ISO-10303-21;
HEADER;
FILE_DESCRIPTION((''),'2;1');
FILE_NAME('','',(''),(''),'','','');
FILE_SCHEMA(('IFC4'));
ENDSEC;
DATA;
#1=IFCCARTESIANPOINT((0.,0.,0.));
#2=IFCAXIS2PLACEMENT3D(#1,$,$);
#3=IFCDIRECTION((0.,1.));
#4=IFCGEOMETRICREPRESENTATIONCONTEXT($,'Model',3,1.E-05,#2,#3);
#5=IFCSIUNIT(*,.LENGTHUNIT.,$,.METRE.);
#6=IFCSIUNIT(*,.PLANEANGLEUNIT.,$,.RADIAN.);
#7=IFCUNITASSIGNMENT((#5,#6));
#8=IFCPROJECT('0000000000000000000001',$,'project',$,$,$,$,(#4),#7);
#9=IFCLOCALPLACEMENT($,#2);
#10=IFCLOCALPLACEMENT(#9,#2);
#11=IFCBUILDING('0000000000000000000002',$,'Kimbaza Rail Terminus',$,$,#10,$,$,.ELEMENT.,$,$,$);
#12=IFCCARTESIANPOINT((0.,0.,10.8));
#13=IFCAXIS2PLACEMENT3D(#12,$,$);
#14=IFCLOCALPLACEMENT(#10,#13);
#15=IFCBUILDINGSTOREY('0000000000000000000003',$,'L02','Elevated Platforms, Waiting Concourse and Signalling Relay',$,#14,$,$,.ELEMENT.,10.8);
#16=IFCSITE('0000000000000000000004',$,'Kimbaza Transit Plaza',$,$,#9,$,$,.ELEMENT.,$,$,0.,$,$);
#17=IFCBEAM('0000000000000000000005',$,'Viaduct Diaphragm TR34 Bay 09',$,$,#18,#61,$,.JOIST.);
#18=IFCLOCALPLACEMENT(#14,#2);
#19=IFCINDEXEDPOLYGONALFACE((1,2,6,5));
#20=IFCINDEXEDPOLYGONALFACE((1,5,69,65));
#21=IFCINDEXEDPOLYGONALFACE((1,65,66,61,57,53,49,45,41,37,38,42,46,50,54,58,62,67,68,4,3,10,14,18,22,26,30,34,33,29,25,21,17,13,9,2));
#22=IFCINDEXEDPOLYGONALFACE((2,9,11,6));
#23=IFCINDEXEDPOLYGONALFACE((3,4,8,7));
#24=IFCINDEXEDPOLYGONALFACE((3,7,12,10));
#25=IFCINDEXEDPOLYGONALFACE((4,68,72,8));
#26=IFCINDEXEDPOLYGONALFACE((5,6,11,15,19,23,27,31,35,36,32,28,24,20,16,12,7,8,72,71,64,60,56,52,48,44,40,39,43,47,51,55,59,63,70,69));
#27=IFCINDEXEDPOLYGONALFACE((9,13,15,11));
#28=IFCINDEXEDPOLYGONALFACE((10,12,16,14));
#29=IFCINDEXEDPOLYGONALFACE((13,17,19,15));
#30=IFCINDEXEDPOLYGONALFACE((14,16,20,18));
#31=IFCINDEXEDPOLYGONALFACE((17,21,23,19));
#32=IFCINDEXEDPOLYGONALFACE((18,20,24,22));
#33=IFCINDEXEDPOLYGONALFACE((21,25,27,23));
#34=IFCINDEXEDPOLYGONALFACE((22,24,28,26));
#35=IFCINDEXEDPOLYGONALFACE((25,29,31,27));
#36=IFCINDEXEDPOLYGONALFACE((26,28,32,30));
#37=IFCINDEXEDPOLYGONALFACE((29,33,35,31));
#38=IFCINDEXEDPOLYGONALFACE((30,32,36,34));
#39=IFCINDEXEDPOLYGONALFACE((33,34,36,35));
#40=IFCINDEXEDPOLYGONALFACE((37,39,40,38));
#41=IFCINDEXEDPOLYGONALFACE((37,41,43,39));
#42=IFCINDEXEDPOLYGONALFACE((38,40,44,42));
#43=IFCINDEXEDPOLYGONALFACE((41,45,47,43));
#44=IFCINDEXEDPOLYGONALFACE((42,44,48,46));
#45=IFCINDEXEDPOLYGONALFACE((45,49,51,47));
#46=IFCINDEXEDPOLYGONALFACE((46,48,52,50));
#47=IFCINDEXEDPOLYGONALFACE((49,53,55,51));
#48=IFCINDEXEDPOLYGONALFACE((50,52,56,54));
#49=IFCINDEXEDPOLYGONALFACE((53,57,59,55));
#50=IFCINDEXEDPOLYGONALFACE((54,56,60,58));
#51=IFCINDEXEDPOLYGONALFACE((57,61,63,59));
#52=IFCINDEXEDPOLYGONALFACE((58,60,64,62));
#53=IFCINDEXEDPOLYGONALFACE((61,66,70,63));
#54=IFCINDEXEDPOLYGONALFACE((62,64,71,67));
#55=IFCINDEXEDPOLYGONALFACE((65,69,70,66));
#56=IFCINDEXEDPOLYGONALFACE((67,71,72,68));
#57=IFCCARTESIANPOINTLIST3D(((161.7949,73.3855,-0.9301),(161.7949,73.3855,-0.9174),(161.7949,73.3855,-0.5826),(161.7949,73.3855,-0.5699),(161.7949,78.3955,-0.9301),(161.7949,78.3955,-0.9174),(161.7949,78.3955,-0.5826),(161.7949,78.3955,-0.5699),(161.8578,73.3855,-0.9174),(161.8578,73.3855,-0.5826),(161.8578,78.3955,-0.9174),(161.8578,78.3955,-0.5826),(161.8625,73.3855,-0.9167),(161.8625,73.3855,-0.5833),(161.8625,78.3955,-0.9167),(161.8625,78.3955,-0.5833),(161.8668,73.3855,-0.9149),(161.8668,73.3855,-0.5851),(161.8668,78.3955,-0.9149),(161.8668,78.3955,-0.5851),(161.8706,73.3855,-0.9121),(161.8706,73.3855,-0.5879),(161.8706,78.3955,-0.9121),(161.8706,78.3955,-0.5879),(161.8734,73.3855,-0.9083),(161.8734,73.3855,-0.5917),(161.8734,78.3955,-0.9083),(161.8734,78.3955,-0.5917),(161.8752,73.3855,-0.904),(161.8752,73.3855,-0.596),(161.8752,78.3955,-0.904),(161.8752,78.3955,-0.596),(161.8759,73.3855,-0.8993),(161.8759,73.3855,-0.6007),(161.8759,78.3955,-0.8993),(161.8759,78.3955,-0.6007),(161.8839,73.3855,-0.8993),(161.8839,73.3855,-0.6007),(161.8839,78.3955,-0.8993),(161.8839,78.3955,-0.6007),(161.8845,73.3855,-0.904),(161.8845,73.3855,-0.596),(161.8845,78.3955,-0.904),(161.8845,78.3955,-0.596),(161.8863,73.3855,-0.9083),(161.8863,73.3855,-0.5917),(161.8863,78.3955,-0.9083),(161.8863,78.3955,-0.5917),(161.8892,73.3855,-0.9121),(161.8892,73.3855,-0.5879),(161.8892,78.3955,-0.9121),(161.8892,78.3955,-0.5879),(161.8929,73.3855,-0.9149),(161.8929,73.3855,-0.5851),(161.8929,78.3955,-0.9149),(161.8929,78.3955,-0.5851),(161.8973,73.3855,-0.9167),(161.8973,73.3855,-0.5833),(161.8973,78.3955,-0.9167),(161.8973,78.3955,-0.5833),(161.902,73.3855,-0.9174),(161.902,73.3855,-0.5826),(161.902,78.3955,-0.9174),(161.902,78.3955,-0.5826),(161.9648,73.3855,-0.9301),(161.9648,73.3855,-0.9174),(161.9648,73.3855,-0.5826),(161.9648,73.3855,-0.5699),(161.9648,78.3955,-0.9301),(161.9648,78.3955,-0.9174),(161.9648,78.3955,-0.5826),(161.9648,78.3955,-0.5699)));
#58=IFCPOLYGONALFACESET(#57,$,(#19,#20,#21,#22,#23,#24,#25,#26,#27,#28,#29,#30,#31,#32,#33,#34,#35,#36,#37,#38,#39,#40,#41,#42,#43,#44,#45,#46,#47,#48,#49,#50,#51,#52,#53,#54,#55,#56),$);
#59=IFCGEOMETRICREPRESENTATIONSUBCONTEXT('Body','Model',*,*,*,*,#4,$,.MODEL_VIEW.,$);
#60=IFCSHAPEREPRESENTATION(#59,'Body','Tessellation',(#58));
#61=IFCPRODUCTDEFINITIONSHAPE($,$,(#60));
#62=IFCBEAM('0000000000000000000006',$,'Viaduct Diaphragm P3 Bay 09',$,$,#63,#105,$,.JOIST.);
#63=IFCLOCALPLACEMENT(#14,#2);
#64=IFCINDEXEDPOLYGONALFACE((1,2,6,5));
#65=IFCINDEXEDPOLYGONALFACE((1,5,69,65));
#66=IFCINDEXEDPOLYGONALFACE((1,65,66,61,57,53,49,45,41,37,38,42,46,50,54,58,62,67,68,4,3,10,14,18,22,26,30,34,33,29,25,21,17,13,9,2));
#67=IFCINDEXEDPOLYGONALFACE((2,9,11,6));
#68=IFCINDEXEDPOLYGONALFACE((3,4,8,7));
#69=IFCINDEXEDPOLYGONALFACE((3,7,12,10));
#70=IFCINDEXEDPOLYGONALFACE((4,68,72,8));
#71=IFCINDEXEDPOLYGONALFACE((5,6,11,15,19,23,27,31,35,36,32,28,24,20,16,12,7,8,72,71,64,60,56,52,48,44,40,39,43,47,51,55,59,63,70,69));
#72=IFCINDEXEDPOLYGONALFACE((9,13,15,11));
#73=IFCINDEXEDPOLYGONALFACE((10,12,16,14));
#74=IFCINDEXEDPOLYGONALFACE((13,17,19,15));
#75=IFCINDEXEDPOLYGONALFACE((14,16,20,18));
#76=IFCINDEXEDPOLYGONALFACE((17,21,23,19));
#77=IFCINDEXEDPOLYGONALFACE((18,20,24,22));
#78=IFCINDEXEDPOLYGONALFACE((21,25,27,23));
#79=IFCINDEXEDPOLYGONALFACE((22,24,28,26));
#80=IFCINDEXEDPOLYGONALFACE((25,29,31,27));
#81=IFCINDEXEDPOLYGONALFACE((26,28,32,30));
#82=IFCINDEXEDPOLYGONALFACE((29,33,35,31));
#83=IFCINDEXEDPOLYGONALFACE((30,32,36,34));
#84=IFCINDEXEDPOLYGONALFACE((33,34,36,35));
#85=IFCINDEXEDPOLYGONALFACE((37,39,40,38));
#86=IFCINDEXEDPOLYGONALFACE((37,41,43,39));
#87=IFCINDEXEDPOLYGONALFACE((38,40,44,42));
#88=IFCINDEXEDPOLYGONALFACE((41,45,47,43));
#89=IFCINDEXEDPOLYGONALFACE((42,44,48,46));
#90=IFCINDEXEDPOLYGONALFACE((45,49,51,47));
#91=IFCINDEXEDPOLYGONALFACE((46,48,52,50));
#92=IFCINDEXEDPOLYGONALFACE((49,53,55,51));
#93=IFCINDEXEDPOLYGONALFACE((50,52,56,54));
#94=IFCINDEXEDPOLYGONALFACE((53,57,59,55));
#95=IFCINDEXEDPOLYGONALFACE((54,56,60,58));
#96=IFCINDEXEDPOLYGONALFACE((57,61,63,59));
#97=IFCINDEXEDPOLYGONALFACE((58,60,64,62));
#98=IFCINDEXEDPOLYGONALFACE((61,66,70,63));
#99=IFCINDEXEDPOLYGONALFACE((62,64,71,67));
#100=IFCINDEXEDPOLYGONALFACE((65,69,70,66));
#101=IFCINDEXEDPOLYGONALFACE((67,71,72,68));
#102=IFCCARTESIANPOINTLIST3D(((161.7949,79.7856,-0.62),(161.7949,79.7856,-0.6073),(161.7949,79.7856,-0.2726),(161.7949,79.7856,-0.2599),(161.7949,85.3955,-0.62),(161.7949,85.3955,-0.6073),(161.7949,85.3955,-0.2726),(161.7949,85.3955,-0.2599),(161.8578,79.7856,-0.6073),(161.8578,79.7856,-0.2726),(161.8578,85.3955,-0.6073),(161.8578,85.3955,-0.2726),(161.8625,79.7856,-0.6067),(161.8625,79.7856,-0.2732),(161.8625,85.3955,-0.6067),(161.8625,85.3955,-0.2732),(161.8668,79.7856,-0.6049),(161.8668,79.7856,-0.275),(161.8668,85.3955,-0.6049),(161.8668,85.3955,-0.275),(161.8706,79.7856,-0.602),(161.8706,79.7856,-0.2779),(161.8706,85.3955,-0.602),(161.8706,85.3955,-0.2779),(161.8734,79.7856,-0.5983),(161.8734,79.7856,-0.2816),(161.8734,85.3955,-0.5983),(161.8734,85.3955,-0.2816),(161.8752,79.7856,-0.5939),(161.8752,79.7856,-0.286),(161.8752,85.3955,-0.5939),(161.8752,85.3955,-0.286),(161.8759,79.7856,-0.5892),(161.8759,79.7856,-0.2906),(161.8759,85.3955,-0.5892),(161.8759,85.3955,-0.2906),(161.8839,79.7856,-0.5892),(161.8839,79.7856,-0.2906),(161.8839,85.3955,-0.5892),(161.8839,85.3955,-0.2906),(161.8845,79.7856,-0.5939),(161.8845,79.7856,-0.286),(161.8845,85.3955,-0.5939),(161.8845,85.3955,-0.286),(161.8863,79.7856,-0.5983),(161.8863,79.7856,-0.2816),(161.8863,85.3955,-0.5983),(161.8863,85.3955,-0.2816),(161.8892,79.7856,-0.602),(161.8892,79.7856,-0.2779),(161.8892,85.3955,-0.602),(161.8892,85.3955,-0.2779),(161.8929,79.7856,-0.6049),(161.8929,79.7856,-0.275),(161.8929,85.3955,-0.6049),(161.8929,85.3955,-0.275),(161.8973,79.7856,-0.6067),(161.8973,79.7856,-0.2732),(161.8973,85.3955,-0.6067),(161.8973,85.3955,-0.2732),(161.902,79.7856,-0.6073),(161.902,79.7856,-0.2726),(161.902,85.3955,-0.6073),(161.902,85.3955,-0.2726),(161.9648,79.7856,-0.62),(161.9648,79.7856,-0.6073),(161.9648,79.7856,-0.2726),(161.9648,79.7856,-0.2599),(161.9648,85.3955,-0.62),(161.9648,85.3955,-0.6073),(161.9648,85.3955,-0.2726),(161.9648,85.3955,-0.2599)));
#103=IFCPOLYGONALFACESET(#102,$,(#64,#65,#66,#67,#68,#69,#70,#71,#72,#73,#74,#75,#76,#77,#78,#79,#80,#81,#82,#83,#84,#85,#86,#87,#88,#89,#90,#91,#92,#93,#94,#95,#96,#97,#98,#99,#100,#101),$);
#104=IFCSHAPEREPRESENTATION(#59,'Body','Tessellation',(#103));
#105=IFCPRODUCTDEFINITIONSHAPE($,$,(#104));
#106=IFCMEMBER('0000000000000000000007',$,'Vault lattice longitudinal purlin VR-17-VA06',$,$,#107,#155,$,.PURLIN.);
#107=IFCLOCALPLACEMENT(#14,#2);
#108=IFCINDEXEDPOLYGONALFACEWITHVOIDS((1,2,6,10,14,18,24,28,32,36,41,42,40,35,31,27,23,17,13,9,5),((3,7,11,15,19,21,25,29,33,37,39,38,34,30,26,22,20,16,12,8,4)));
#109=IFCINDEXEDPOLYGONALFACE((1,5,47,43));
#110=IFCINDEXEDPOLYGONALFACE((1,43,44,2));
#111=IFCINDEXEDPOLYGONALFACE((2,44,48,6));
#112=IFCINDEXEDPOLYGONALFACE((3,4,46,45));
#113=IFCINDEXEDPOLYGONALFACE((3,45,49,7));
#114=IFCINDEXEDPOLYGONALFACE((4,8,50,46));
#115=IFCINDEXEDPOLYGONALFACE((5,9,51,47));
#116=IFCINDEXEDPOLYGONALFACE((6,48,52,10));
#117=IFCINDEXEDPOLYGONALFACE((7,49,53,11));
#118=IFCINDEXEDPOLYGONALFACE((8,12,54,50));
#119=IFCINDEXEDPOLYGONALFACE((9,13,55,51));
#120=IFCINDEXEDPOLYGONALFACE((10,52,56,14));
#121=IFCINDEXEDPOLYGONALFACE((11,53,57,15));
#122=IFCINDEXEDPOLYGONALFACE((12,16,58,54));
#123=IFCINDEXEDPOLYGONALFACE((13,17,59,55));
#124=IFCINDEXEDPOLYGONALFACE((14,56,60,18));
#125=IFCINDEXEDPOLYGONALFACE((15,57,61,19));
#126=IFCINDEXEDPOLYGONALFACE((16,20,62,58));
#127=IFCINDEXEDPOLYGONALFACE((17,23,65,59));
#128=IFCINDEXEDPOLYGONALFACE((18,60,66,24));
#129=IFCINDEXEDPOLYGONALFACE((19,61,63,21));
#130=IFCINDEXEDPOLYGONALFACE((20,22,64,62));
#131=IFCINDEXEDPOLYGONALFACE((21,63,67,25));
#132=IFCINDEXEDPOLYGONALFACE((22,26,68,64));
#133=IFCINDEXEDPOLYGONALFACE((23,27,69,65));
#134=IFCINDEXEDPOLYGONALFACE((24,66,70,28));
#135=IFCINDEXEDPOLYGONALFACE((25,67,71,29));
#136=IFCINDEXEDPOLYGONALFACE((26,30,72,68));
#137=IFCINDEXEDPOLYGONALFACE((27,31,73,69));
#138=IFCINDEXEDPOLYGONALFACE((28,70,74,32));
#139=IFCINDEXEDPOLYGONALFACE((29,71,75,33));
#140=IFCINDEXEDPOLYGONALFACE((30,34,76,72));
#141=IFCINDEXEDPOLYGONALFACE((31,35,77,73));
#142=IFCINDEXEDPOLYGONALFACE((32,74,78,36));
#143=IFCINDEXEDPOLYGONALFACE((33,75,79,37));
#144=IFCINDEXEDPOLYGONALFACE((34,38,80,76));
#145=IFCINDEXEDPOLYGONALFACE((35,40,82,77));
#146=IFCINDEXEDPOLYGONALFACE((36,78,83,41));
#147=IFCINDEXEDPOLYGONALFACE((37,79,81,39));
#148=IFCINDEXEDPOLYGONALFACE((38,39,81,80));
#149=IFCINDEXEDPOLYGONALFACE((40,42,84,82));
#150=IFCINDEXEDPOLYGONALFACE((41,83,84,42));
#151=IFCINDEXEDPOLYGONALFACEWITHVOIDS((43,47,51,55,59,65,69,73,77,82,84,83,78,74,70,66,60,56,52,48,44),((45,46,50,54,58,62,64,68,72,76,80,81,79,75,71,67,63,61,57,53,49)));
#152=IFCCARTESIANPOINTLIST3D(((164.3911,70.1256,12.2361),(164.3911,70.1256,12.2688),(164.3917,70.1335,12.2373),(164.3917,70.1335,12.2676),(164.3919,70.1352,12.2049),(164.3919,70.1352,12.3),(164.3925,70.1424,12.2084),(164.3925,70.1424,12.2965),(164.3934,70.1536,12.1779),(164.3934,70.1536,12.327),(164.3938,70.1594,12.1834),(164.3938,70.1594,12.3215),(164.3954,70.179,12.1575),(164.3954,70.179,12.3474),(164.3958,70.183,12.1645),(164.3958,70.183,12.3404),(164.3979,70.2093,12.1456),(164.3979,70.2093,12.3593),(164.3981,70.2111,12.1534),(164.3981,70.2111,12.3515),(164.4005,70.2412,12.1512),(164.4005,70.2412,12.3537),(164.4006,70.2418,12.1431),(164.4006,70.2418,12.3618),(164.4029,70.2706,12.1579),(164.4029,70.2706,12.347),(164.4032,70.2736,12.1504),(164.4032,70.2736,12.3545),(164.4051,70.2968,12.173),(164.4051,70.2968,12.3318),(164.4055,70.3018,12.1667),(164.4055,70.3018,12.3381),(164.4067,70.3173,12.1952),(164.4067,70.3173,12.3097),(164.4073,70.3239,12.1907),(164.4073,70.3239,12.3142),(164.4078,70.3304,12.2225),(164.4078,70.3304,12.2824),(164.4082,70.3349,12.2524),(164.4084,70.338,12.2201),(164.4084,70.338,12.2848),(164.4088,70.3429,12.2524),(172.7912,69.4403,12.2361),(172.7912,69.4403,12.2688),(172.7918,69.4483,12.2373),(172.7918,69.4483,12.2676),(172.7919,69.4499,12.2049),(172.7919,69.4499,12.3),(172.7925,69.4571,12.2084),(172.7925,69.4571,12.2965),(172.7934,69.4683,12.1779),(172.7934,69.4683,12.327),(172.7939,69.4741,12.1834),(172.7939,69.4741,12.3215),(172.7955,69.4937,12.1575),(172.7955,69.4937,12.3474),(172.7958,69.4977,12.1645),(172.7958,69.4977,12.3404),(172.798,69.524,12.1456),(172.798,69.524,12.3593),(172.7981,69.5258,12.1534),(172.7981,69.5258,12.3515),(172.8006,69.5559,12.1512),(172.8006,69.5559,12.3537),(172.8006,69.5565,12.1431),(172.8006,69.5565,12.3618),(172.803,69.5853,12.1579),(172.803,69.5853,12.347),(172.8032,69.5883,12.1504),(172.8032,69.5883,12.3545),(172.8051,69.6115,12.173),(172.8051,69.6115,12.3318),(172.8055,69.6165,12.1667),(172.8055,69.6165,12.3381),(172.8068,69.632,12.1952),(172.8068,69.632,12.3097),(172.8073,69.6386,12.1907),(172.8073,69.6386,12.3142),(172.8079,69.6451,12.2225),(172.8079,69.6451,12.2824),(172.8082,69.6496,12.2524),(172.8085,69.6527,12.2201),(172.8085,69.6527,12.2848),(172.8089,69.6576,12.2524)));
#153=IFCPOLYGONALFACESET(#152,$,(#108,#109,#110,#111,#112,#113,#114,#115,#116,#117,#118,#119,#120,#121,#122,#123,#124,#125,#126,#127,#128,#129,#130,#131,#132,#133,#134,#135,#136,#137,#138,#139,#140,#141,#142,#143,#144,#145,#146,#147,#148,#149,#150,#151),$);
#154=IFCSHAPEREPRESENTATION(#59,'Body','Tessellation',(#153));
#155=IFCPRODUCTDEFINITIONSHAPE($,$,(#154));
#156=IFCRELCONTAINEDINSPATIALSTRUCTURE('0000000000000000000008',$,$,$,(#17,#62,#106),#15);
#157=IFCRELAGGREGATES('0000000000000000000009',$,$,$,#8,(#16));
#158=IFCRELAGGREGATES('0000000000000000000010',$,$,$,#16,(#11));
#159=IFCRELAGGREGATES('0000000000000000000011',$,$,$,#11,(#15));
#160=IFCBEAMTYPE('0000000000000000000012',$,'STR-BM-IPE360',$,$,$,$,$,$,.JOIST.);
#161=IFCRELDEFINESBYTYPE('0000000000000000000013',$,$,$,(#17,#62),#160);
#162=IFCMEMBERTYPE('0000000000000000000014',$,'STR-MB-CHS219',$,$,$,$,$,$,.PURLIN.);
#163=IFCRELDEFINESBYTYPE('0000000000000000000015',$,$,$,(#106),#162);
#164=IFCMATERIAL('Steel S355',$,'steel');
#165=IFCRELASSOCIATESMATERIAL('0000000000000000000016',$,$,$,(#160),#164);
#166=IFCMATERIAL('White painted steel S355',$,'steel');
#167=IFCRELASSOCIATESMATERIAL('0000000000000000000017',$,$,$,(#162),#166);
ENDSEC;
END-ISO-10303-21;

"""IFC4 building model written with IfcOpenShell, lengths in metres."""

from ifc_helpers import new_model, si_unit, direction, frame, origin, origin_2d, place, context, subcontext, project, spatial, hollow_circle, i_section, extrude, material, material_profile, profile_set, type_object, element, save


model = new_model("IFC4")

# Units and contexts
model_context = context("Model", 3, precision=1e-05, world=origin(), true_north=direction((0.0, 1.0)))
body_context = subcontext(model_context, "Body", "Model", "MODEL_VIEW")
ifc_project = project(units=[si_unit("LENGTHUNIT", "METRE"), si_unit("PLANEANGLEUNIT", "RADIAN")], contexts=[model_context])

# Site, building, storey
site_placement = place(None, origin())
site = spatial("IfcSite", under=ifc_project, at=site_placement, Name="Kimbaza Transit Plaza", CompositionType="ELEMENT", RefElevation=0.0)
building_placement = place(site_placement, origin())
building = spatial("IfcBuilding", under=site, at=building_placement, Name="Kimbaza Rail Terminus", CompositionType="ELEMENT")
storey_placement = place(building_placement, frame((0.0, 0.0, 10.8)))
storey = spatial("IfcBuildingStorey", under=building, at=storey_placement, Name="L02", Description="Elevated Platforms, Waiting Concourse and Signalling Relay", CompositionType="ELEMENT", Elevation=10.8)

# Beams
ifc_material_1 = material(Name="Steel S355", Category="steel")
ifc_material_profile_1 = material_profile(ifc_material_1, i_section(OverallWidth=0.1699, OverallDepth=0.3601, WebThickness=0.0081, FlangeThickness=0.0127, FilletRadius=0.0181, at=origin_2d()), Name="IPE 360")
ifc_profile_set_1 = profile_set([ifc_material_profile_1], Name="Steel S355")
beam_type_1 = type_object("IfcBeamType", Name="STR-BM-IPE360", PredefinedType="JOIST", material=ifc_profile_set_1)
beam_1_placement = place(storey_placement, frame((161.8799, 73.3855, -0.75), z_axis=(0.0, 1.0, 0.0), x_axis=(-1.0, 0.0, 0.0)))
element("IfcBeam", 1, at=beam_1_placement, inside=storey, type_object=beam_type_1, Name="Viaduct Diaphragm TR34 Bay 09", PredefinedType="JOIST", context=body_context, shape_type="SweptSolid", body=[
    extrude(i_section(OverallWidth=0.1699, OverallDepth=0.3601, WebThickness=0.0081, FlangeThickness=0.0127, FilletRadius=0.0181, at=origin_2d()), origin(), (0.0, 0.0, 1.0), 5.01),
])
beam_2_placement = place(storey_placement, frame((161.8799, 79.7856, -0.4399), z_axis=(0.0, 1.0, 0.0), x_axis=(-1.0, 0.0, 0.0)))
element("IfcBeam", 2, at=beam_2_placement, inside=storey, type_object=beam_type_1, Name="Viaduct Diaphragm P3 Bay 09", PredefinedType="JOIST", context=body_context, shape_type="SweptSolid", body=[
    extrude(i_section(OverallWidth=0.1699, OverallDepth=0.3601, WebThickness=0.0081, FlangeThickness=0.0127, FilletRadius=0.0181, at=origin_2d()), origin(), (0.0, 0.0, 1.0), 5.6099),
])

# Member
ifc_material_2 = material(Name="White painted steel S355", Category="steel")
ifc_material_profile_2 = material_profile(ifc_material_2, hollow_circle(Radius=0.1096, WallThickness=0.0081, at=origin_2d()), Name="CHS 219.1x8")
ifc_profile_set_2 = profile_set([ifc_material_profile_2], Name="White painted steel S355")
member_type_1 = type_object("IfcMemberType", Name="STR-MB-CHS219", PredefinedType="PURLIN", material=ifc_profile_set_2)
for number, where, z_axis, x_axis, name in (
    (3, (164.3999, 70.2336, 12.2524), (0.996689, -0.081312, 0.0), (0.081312, 0.996689, 0.0), "Vault lattice longitudinal purlin VR-17-VA06"),
):
    element("IfcMember", number, at=place(storey_placement, frame(where, z_axis=z_axis, x_axis=x_axis)), inside=storey, type_object=member_type_1, Name=name, PredefinedType="PURLIN", context=body_context, shape_type="SweptSolid", body=[
        extrude(hollow_circle(Radius=0.1096, WallThickness=0.0081, at=origin_2d()), origin(), (0.0, 0.0, 1.0), 8.428),
    ])

save(model, "model.ifc")
